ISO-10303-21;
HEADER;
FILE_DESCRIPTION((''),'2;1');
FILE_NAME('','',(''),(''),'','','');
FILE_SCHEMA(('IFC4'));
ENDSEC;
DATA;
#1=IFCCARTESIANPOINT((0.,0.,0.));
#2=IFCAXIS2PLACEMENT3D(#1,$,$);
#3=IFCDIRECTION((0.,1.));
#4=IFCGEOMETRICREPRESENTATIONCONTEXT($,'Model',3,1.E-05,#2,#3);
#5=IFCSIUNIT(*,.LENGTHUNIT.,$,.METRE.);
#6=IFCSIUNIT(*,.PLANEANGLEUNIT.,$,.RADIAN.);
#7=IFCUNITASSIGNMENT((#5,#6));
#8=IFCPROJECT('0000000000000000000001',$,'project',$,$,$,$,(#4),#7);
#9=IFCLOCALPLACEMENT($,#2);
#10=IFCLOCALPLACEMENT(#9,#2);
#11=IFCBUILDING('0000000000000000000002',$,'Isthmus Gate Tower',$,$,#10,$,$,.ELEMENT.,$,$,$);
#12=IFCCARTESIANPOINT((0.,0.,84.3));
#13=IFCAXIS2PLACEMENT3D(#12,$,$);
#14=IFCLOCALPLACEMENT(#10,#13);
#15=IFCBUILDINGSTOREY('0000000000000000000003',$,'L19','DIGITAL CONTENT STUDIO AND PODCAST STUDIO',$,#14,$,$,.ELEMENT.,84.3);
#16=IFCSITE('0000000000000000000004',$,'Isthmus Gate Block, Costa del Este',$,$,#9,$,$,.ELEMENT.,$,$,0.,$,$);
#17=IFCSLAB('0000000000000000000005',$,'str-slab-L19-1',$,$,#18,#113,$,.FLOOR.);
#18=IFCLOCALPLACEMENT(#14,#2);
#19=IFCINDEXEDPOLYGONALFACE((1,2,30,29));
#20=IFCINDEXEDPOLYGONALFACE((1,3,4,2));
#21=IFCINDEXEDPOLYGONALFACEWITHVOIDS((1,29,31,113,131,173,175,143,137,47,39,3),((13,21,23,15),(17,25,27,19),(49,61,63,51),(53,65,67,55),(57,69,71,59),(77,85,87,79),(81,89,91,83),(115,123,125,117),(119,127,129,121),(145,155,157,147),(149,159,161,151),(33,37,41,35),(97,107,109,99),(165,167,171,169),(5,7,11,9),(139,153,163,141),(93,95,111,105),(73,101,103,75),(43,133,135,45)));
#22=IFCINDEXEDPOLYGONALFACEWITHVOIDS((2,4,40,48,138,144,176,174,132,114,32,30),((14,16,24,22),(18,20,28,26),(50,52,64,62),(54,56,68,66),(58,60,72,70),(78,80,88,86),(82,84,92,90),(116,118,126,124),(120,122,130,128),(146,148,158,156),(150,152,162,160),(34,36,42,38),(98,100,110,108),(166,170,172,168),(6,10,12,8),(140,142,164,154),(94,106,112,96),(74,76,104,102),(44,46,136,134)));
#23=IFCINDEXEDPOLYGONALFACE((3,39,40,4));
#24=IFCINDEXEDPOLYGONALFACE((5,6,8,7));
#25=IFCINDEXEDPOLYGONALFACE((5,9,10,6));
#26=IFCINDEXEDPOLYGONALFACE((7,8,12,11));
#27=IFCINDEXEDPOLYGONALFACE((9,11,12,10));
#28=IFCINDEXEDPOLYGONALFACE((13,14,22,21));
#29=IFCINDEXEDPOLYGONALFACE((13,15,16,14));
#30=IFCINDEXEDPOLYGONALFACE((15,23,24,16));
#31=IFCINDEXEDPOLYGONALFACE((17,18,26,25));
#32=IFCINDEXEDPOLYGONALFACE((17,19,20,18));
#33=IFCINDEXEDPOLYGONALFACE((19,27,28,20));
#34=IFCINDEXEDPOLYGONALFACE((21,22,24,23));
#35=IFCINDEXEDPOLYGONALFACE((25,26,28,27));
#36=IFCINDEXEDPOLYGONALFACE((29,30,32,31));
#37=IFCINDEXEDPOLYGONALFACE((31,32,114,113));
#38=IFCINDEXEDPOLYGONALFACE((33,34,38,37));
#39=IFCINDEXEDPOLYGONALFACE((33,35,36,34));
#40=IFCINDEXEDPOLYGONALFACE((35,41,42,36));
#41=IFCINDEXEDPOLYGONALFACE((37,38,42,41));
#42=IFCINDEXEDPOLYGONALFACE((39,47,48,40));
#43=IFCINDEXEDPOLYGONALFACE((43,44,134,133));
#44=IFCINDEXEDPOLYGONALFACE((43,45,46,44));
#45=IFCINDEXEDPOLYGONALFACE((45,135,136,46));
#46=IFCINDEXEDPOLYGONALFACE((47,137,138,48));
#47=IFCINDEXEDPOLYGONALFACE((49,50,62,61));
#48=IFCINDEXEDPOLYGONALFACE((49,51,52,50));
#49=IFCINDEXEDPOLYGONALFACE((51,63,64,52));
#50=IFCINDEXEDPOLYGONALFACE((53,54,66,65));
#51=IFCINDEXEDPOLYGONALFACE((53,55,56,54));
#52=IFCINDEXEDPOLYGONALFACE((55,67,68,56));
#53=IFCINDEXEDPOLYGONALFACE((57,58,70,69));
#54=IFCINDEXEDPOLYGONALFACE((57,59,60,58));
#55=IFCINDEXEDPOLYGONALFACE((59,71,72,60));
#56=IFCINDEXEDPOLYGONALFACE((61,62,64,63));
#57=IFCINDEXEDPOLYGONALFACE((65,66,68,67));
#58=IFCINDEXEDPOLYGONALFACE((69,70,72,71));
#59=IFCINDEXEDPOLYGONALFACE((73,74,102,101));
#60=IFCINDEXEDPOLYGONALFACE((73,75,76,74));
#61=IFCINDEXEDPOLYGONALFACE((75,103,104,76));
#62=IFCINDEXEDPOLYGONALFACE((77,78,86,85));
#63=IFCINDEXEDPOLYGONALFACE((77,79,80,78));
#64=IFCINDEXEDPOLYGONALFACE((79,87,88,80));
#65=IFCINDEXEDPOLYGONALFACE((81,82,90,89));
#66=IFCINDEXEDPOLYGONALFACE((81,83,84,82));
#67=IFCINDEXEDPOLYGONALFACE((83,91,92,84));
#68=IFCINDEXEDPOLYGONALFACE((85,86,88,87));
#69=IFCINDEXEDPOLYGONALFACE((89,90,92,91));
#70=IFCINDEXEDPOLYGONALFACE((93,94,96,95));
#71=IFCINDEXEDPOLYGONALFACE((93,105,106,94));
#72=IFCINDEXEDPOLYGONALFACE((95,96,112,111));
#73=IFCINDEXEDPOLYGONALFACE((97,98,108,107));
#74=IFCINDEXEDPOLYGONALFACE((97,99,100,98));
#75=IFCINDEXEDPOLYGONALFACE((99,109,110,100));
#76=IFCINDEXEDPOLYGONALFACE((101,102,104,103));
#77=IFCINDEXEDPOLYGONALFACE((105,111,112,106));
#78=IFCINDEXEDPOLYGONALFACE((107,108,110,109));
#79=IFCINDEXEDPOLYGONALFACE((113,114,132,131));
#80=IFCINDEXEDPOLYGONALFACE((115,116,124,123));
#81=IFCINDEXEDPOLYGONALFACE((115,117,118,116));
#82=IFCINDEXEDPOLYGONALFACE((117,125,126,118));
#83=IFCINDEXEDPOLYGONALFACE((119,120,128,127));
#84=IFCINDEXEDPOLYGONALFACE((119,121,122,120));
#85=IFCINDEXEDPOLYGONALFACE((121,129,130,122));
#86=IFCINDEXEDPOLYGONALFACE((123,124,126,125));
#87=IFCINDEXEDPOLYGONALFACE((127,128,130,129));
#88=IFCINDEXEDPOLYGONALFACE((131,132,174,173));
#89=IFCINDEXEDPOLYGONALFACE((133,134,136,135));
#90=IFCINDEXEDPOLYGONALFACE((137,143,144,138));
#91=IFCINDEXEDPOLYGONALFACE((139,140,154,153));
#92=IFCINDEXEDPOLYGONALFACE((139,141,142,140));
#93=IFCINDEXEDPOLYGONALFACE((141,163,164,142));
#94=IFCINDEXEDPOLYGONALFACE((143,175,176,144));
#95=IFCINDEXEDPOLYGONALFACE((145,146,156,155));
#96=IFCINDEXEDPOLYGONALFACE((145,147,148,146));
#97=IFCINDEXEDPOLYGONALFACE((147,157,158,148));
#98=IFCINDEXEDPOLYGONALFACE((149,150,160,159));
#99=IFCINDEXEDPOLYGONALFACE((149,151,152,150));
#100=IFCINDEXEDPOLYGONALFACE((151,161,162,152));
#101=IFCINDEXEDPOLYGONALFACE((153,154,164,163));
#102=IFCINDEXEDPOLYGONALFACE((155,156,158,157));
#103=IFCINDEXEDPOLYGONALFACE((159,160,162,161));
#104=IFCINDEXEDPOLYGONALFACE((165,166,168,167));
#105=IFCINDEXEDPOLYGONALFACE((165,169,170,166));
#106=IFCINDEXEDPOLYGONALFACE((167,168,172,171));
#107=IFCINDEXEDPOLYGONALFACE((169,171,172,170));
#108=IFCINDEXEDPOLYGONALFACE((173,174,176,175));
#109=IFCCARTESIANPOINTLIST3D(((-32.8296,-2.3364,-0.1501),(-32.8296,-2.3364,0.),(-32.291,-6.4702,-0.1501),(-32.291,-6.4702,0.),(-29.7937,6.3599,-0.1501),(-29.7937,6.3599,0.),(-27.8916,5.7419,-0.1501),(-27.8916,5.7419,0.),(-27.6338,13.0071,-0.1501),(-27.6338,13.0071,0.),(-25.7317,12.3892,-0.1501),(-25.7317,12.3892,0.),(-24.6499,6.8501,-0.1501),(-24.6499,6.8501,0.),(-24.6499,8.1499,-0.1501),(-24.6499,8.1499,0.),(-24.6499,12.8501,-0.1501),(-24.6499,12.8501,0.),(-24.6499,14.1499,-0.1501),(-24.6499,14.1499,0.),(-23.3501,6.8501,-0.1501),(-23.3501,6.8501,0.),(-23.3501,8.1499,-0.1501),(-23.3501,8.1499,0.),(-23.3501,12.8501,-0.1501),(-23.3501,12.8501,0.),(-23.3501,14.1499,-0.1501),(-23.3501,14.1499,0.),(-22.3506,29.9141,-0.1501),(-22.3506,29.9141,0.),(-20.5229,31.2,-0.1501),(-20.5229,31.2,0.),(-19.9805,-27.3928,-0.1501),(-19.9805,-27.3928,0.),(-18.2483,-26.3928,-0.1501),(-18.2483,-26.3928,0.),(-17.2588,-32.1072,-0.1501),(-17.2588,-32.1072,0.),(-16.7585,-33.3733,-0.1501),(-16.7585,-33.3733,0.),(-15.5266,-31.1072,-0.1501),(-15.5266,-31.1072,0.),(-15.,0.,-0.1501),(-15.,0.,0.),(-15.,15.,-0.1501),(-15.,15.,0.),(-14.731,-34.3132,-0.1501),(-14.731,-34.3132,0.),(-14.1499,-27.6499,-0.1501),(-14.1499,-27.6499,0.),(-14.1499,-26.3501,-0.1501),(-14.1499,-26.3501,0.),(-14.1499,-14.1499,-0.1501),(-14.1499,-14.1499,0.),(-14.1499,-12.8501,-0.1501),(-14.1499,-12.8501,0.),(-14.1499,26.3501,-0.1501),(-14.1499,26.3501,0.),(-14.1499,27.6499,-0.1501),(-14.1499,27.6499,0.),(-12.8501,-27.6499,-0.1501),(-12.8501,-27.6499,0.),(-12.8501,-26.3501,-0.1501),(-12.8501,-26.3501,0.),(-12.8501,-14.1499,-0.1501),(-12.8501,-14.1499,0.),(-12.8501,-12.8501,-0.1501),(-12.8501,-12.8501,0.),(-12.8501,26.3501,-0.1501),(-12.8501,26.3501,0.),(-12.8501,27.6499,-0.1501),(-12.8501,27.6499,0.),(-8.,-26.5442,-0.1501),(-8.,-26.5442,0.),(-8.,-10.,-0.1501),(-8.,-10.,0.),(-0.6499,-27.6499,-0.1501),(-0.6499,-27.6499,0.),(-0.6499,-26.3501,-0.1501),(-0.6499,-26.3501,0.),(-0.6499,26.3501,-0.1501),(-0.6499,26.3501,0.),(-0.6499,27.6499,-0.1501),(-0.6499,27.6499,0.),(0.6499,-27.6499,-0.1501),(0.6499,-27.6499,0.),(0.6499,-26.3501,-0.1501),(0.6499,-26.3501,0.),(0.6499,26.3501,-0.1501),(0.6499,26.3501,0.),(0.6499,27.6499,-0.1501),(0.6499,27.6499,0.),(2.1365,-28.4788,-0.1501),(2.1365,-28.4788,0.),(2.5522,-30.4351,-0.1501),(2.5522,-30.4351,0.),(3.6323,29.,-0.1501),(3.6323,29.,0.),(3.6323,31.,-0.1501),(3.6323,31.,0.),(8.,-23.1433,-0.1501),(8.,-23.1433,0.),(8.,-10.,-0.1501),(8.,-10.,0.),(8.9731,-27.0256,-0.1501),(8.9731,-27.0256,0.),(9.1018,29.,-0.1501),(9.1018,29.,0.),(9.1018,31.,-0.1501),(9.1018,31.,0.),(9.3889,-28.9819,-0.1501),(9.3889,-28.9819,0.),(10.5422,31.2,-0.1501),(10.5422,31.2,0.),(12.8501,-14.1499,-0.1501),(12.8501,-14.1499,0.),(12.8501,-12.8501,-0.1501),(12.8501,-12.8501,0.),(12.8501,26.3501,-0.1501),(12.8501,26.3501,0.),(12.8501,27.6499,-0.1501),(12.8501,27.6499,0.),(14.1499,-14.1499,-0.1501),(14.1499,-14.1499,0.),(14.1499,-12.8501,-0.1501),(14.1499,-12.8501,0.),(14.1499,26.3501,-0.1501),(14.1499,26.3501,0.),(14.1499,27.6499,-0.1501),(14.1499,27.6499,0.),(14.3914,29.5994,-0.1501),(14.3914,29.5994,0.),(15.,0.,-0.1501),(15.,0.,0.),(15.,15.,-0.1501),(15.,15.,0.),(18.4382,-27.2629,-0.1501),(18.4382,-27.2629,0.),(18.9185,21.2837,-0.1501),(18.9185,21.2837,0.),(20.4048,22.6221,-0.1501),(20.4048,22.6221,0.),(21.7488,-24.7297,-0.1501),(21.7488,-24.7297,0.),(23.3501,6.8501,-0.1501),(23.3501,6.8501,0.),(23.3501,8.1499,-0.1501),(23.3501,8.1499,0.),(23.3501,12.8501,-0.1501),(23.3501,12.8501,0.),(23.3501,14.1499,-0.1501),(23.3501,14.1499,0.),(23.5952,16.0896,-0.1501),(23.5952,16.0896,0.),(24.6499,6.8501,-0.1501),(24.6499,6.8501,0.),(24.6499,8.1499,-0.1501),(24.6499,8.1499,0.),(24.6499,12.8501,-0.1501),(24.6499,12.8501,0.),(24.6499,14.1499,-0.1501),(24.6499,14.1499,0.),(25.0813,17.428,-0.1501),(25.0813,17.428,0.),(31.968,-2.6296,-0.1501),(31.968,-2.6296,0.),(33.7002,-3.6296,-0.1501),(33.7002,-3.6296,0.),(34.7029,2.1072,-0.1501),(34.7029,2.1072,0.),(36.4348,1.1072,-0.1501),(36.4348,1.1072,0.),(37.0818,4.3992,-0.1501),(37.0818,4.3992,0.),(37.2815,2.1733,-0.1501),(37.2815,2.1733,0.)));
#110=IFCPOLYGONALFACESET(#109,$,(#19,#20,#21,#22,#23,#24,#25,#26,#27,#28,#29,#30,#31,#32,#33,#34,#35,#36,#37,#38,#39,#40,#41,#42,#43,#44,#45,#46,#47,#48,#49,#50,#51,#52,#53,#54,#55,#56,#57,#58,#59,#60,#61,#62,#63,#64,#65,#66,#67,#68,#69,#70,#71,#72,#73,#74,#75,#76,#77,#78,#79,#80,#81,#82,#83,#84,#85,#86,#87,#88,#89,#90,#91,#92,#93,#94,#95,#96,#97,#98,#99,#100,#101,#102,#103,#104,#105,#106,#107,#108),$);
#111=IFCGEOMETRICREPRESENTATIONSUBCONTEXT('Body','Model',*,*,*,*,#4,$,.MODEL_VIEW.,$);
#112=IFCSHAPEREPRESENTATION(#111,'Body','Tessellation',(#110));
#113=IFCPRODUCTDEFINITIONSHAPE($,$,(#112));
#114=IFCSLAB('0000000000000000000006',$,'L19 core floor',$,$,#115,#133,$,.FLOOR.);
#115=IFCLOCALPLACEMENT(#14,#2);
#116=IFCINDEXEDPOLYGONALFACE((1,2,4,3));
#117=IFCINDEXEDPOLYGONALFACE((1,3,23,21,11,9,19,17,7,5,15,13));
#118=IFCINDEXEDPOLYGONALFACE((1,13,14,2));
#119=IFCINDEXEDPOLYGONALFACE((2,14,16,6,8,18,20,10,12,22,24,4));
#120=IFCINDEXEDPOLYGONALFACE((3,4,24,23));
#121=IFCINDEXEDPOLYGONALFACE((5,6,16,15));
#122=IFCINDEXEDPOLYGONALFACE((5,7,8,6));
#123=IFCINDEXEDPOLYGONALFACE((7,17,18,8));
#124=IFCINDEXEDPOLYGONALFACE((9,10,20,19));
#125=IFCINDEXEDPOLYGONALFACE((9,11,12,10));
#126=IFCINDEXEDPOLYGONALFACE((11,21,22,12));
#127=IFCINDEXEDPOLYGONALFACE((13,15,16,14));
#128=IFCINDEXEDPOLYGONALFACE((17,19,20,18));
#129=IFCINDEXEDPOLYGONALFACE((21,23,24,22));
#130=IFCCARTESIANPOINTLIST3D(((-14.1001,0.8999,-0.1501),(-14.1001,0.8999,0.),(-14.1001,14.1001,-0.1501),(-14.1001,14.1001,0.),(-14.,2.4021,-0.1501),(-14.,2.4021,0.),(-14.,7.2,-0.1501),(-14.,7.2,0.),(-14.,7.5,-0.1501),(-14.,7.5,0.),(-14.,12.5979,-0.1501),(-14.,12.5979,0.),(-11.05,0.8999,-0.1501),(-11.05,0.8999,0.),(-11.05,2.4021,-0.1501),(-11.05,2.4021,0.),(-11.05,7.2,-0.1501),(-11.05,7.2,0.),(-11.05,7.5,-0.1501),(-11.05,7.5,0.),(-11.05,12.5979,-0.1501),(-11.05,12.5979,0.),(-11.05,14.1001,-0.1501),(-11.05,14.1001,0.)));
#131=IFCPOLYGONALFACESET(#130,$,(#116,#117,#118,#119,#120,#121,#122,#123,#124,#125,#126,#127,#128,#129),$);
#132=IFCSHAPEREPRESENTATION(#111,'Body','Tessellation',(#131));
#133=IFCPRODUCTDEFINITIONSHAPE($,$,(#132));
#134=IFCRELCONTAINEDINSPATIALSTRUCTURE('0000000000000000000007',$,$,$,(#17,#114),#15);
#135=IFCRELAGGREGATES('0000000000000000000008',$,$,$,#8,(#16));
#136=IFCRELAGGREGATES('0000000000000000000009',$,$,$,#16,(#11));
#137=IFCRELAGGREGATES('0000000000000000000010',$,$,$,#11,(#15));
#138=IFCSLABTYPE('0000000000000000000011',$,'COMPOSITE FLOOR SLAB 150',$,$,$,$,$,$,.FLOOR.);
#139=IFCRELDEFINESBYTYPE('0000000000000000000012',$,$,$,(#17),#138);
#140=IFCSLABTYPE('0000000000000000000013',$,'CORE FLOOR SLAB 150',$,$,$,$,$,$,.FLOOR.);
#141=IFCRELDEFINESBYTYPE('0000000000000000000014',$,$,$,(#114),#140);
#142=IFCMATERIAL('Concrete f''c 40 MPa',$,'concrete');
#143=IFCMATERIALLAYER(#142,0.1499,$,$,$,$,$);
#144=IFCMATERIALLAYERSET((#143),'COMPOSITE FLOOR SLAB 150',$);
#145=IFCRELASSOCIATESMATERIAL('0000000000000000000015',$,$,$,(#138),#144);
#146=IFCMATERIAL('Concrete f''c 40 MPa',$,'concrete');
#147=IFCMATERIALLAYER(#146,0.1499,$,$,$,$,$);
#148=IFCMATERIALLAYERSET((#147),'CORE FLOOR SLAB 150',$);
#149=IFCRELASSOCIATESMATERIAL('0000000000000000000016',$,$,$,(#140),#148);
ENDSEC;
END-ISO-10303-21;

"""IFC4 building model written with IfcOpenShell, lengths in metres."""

from ifc_helpers import new_model, si_unit, direction, frame, origin, place, context, subcontext, project, spatial, polyline, outline, extrude, material, layer, layer_set, type_object, element, save


model = new_model("IFC4")

# Units and contexts
model_context = context("Model", 3, precision=1e-05, world=origin(), true_north=direction((0.0, 1.0)))
body_context = subcontext(model_context, "Body", "Model", "MODEL_VIEW")
ifc_project = project(units=[si_unit("LENGTHUNIT", "METRE"), si_unit("PLANEANGLEUNIT", "RADIAN")], contexts=[model_context])

# Site, building, storey
site_placement = place(None, origin())
site = spatial("IfcSite", under=ifc_project, at=site_placement, Name="Isthmus Gate Block, Costa del Este", CompositionType="ELEMENT", RefElevation=0.0)
building_placement = place(site_placement, origin())
building = spatial("IfcBuilding", under=site, at=building_placement, Name="Isthmus Gate Tower", CompositionType="ELEMENT")
storey_placement = place(building_placement, frame((0.0, 0.0, 84.3)))
storey = spatial("IfcBuildingStorey", under=building, at=storey_placement, Name="L19", Description="DIGITAL CONTENT STUDIO AND PODCAST STUDIO", CompositionType="ELEMENT", Elevation=84.3)

# Slabs
ifc_material_1 = material(Name="Concrete f'c 40 MPa", Category="concrete")
ifc_layer_1 = layer(ifc_material_1, 0.1499)
ifc_layer_set_1 = layer_set([ifc_layer_1], Name="COMPOSITE FLOOR SLAB 150")
slab_type_1 = type_object("IfcSlabType", Name="COMPOSITE FLOOR SLAB 150", PredefinedType="FLOOR", material=ifc_layer_set_1)
slab_1_placement = place(storey_placement, frame((0.0, 0.0, -0.1501)))
element("IfcSlab", 1, at=slab_1_placement, inside=storey, type_object=slab_type_1, Name="str-slab-L19-1", PredefinedType="FLOOR", context=body_context, shape_type="SweptSolid", body=[
    extrude(outline(polyline([(14.3914, 29.5994), (37.0818, 4.3992), (37.2815, 2.1733), (21.7488, -24.7297), (18.4382, -27.2629), (-14.731, -34.3132), (-16.7585, -33.3733), (-32.291, -6.4702), (-32.8296, -2.3364), (-22.3506, 29.9141), (-20.5229, 31.2), (10.5422, 31.2), (14.3914, 29.5994)]), holes=[polyline([(-17.2588, -32.1072), (-15.5266, -31.1072), (-18.2483, -26.3928), (-19.9805, -27.3928), (-17.2588, -32.1072)]), polyline([(-14.1499, -26.3501), (-14.1499, -27.6499), (-12.8501, -27.6499), (-12.8501, -26.3501), (-14.1499, -26.3501)]), polyline([(-0.6499, -26.3501), (-0.6499, -27.6499), (0.6499, -27.6499), (0.6499, -26.3501), (-0.6499, -26.3501)]), polyline([(8.0, -23.1433), (8.0, -10.0), (-8.0, -10.0), (-8.0, -26.5442), (8.0, -23.1433)]), polyline([(-14.1499, -12.8501), (-14.1499, -14.1499), (-12.8501, -14.1499), (-12.8501, -12.8501), (-14.1499, -12.8501)]), polyline([(-23.3501, 8.1499), (-24.6499, 8.1499), (-24.6499, 6.8501), (-23.3501, 6.8501), (-23.3501, 8.1499)]), polyline([(15.0, 15.0), (-15.0, 15.0), (-15.0, 0.0), (15.0, 0.0), (15.0, 15.0)]), polyline([(-27.6338, 13.0071), (-29.7937, 6.3599), (-27.8916, 5.7419), (-25.7317, 12.3892), (-27.6338, 13.0071)]), polyline([(-23.3501, 12.8501), (-23.3501, 14.1499), (-24.6499, 14.1499), (-24.6499, 12.8501), (-23.3501, 12.8501)]), polyline([(-14.1499, 27.6499), (-14.1499, 26.3501), (-12.8501, 26.3501), (-12.8501, 27.6499), (-14.1499, 27.6499)]), polyline([(9.3889, -28.9819), (8.9731, -27.0256), (2.1365, -28.4788), (2.5522, -30.4351), (9.3889, -28.9819)]), polyline([(14.1499, -12.8501), (12.8501, -12.8501), (12.8501, -14.1499), (14.1499, -14.1499), (14.1499, -12.8501)]), polyline([(33.7002, -3.6296), (36.4348, 1.1072), (34.7029, 2.1072), (31.968, -2.6296), (33.7002, -3.6296)]), polyline([(24.6499, 6.8501), (24.6499, 8.1499), (23.3501, 8.1499), (23.3501, 6.8501), (24.6499, 6.8501)]), polyline([(23.3501, 14.1499), (23.3501, 12.8501), (24.6499, 12.8501), (24.6499, 14.1499), (23.3501, 14.1499)]), polyline([(20.4048, 22.6221), (18.9185, 21.2837), (23.5952, 16.0896), (25.0813, 17.428), (20.4048, 22.6221)]), polyline([(0.6499, 27.6499), (-0.6499, 27.6499), (-0.6499, 26.3501), (0.6499, 26.3501), (0.6499, 27.6499)]), polyline([(14.1499, 26.3501), (14.1499, 27.6499), (12.8501, 27.6499), (12.8501, 26.3501), (14.1499, 26.3501)]), polyline([(9.1018, 31.0), (3.6323, 31.0), (3.6323, 29.0), (9.1018, 29.0), (9.1018, 31.0)])]), origin(), (0.0, 0.0, 1.0), 0.1501),
])
ifc_material_2 = material(Name="Concrete f'c 40 MPa", Category="concrete")
ifc_layer_2 = layer(ifc_material_2, 0.1499)
ifc_layer_set_2 = layer_set([ifc_layer_2], Name="CORE FLOOR SLAB 150")
slab_type_2 = type_object("IfcSlabType", Name="CORE FLOOR SLAB 150", PredefinedType="FLOOR", material=ifc_layer_set_2)
slab_2_placement = place(storey_placement, frame((0.0, 0.0, -0.1501)))
element("IfcSlab", 2, at=slab_2_placement, inside=storey, type_object=slab_type_2, Name="L19 core floor", PredefinedType="FLOOR", context=body_context, shape_type="SweptSolid", body=[
    extrude(outline(polyline([(-11.05, 0.8999), (-11.05, 2.4021), (-14.0, 2.4021), (-14.0, 7.2), (-11.05, 7.2), (-11.05, 7.5), (-14.0, 7.5), (-14.0, 12.5979), (-11.05, 12.5979), (-11.05, 14.1001), (-14.1001, 14.1001), (-14.1001, 0.8999), (-11.05, 0.8999)])), origin(), (0.0, 0.0, 1.0), 0.1501),
])

save(model, "model.ifc")
